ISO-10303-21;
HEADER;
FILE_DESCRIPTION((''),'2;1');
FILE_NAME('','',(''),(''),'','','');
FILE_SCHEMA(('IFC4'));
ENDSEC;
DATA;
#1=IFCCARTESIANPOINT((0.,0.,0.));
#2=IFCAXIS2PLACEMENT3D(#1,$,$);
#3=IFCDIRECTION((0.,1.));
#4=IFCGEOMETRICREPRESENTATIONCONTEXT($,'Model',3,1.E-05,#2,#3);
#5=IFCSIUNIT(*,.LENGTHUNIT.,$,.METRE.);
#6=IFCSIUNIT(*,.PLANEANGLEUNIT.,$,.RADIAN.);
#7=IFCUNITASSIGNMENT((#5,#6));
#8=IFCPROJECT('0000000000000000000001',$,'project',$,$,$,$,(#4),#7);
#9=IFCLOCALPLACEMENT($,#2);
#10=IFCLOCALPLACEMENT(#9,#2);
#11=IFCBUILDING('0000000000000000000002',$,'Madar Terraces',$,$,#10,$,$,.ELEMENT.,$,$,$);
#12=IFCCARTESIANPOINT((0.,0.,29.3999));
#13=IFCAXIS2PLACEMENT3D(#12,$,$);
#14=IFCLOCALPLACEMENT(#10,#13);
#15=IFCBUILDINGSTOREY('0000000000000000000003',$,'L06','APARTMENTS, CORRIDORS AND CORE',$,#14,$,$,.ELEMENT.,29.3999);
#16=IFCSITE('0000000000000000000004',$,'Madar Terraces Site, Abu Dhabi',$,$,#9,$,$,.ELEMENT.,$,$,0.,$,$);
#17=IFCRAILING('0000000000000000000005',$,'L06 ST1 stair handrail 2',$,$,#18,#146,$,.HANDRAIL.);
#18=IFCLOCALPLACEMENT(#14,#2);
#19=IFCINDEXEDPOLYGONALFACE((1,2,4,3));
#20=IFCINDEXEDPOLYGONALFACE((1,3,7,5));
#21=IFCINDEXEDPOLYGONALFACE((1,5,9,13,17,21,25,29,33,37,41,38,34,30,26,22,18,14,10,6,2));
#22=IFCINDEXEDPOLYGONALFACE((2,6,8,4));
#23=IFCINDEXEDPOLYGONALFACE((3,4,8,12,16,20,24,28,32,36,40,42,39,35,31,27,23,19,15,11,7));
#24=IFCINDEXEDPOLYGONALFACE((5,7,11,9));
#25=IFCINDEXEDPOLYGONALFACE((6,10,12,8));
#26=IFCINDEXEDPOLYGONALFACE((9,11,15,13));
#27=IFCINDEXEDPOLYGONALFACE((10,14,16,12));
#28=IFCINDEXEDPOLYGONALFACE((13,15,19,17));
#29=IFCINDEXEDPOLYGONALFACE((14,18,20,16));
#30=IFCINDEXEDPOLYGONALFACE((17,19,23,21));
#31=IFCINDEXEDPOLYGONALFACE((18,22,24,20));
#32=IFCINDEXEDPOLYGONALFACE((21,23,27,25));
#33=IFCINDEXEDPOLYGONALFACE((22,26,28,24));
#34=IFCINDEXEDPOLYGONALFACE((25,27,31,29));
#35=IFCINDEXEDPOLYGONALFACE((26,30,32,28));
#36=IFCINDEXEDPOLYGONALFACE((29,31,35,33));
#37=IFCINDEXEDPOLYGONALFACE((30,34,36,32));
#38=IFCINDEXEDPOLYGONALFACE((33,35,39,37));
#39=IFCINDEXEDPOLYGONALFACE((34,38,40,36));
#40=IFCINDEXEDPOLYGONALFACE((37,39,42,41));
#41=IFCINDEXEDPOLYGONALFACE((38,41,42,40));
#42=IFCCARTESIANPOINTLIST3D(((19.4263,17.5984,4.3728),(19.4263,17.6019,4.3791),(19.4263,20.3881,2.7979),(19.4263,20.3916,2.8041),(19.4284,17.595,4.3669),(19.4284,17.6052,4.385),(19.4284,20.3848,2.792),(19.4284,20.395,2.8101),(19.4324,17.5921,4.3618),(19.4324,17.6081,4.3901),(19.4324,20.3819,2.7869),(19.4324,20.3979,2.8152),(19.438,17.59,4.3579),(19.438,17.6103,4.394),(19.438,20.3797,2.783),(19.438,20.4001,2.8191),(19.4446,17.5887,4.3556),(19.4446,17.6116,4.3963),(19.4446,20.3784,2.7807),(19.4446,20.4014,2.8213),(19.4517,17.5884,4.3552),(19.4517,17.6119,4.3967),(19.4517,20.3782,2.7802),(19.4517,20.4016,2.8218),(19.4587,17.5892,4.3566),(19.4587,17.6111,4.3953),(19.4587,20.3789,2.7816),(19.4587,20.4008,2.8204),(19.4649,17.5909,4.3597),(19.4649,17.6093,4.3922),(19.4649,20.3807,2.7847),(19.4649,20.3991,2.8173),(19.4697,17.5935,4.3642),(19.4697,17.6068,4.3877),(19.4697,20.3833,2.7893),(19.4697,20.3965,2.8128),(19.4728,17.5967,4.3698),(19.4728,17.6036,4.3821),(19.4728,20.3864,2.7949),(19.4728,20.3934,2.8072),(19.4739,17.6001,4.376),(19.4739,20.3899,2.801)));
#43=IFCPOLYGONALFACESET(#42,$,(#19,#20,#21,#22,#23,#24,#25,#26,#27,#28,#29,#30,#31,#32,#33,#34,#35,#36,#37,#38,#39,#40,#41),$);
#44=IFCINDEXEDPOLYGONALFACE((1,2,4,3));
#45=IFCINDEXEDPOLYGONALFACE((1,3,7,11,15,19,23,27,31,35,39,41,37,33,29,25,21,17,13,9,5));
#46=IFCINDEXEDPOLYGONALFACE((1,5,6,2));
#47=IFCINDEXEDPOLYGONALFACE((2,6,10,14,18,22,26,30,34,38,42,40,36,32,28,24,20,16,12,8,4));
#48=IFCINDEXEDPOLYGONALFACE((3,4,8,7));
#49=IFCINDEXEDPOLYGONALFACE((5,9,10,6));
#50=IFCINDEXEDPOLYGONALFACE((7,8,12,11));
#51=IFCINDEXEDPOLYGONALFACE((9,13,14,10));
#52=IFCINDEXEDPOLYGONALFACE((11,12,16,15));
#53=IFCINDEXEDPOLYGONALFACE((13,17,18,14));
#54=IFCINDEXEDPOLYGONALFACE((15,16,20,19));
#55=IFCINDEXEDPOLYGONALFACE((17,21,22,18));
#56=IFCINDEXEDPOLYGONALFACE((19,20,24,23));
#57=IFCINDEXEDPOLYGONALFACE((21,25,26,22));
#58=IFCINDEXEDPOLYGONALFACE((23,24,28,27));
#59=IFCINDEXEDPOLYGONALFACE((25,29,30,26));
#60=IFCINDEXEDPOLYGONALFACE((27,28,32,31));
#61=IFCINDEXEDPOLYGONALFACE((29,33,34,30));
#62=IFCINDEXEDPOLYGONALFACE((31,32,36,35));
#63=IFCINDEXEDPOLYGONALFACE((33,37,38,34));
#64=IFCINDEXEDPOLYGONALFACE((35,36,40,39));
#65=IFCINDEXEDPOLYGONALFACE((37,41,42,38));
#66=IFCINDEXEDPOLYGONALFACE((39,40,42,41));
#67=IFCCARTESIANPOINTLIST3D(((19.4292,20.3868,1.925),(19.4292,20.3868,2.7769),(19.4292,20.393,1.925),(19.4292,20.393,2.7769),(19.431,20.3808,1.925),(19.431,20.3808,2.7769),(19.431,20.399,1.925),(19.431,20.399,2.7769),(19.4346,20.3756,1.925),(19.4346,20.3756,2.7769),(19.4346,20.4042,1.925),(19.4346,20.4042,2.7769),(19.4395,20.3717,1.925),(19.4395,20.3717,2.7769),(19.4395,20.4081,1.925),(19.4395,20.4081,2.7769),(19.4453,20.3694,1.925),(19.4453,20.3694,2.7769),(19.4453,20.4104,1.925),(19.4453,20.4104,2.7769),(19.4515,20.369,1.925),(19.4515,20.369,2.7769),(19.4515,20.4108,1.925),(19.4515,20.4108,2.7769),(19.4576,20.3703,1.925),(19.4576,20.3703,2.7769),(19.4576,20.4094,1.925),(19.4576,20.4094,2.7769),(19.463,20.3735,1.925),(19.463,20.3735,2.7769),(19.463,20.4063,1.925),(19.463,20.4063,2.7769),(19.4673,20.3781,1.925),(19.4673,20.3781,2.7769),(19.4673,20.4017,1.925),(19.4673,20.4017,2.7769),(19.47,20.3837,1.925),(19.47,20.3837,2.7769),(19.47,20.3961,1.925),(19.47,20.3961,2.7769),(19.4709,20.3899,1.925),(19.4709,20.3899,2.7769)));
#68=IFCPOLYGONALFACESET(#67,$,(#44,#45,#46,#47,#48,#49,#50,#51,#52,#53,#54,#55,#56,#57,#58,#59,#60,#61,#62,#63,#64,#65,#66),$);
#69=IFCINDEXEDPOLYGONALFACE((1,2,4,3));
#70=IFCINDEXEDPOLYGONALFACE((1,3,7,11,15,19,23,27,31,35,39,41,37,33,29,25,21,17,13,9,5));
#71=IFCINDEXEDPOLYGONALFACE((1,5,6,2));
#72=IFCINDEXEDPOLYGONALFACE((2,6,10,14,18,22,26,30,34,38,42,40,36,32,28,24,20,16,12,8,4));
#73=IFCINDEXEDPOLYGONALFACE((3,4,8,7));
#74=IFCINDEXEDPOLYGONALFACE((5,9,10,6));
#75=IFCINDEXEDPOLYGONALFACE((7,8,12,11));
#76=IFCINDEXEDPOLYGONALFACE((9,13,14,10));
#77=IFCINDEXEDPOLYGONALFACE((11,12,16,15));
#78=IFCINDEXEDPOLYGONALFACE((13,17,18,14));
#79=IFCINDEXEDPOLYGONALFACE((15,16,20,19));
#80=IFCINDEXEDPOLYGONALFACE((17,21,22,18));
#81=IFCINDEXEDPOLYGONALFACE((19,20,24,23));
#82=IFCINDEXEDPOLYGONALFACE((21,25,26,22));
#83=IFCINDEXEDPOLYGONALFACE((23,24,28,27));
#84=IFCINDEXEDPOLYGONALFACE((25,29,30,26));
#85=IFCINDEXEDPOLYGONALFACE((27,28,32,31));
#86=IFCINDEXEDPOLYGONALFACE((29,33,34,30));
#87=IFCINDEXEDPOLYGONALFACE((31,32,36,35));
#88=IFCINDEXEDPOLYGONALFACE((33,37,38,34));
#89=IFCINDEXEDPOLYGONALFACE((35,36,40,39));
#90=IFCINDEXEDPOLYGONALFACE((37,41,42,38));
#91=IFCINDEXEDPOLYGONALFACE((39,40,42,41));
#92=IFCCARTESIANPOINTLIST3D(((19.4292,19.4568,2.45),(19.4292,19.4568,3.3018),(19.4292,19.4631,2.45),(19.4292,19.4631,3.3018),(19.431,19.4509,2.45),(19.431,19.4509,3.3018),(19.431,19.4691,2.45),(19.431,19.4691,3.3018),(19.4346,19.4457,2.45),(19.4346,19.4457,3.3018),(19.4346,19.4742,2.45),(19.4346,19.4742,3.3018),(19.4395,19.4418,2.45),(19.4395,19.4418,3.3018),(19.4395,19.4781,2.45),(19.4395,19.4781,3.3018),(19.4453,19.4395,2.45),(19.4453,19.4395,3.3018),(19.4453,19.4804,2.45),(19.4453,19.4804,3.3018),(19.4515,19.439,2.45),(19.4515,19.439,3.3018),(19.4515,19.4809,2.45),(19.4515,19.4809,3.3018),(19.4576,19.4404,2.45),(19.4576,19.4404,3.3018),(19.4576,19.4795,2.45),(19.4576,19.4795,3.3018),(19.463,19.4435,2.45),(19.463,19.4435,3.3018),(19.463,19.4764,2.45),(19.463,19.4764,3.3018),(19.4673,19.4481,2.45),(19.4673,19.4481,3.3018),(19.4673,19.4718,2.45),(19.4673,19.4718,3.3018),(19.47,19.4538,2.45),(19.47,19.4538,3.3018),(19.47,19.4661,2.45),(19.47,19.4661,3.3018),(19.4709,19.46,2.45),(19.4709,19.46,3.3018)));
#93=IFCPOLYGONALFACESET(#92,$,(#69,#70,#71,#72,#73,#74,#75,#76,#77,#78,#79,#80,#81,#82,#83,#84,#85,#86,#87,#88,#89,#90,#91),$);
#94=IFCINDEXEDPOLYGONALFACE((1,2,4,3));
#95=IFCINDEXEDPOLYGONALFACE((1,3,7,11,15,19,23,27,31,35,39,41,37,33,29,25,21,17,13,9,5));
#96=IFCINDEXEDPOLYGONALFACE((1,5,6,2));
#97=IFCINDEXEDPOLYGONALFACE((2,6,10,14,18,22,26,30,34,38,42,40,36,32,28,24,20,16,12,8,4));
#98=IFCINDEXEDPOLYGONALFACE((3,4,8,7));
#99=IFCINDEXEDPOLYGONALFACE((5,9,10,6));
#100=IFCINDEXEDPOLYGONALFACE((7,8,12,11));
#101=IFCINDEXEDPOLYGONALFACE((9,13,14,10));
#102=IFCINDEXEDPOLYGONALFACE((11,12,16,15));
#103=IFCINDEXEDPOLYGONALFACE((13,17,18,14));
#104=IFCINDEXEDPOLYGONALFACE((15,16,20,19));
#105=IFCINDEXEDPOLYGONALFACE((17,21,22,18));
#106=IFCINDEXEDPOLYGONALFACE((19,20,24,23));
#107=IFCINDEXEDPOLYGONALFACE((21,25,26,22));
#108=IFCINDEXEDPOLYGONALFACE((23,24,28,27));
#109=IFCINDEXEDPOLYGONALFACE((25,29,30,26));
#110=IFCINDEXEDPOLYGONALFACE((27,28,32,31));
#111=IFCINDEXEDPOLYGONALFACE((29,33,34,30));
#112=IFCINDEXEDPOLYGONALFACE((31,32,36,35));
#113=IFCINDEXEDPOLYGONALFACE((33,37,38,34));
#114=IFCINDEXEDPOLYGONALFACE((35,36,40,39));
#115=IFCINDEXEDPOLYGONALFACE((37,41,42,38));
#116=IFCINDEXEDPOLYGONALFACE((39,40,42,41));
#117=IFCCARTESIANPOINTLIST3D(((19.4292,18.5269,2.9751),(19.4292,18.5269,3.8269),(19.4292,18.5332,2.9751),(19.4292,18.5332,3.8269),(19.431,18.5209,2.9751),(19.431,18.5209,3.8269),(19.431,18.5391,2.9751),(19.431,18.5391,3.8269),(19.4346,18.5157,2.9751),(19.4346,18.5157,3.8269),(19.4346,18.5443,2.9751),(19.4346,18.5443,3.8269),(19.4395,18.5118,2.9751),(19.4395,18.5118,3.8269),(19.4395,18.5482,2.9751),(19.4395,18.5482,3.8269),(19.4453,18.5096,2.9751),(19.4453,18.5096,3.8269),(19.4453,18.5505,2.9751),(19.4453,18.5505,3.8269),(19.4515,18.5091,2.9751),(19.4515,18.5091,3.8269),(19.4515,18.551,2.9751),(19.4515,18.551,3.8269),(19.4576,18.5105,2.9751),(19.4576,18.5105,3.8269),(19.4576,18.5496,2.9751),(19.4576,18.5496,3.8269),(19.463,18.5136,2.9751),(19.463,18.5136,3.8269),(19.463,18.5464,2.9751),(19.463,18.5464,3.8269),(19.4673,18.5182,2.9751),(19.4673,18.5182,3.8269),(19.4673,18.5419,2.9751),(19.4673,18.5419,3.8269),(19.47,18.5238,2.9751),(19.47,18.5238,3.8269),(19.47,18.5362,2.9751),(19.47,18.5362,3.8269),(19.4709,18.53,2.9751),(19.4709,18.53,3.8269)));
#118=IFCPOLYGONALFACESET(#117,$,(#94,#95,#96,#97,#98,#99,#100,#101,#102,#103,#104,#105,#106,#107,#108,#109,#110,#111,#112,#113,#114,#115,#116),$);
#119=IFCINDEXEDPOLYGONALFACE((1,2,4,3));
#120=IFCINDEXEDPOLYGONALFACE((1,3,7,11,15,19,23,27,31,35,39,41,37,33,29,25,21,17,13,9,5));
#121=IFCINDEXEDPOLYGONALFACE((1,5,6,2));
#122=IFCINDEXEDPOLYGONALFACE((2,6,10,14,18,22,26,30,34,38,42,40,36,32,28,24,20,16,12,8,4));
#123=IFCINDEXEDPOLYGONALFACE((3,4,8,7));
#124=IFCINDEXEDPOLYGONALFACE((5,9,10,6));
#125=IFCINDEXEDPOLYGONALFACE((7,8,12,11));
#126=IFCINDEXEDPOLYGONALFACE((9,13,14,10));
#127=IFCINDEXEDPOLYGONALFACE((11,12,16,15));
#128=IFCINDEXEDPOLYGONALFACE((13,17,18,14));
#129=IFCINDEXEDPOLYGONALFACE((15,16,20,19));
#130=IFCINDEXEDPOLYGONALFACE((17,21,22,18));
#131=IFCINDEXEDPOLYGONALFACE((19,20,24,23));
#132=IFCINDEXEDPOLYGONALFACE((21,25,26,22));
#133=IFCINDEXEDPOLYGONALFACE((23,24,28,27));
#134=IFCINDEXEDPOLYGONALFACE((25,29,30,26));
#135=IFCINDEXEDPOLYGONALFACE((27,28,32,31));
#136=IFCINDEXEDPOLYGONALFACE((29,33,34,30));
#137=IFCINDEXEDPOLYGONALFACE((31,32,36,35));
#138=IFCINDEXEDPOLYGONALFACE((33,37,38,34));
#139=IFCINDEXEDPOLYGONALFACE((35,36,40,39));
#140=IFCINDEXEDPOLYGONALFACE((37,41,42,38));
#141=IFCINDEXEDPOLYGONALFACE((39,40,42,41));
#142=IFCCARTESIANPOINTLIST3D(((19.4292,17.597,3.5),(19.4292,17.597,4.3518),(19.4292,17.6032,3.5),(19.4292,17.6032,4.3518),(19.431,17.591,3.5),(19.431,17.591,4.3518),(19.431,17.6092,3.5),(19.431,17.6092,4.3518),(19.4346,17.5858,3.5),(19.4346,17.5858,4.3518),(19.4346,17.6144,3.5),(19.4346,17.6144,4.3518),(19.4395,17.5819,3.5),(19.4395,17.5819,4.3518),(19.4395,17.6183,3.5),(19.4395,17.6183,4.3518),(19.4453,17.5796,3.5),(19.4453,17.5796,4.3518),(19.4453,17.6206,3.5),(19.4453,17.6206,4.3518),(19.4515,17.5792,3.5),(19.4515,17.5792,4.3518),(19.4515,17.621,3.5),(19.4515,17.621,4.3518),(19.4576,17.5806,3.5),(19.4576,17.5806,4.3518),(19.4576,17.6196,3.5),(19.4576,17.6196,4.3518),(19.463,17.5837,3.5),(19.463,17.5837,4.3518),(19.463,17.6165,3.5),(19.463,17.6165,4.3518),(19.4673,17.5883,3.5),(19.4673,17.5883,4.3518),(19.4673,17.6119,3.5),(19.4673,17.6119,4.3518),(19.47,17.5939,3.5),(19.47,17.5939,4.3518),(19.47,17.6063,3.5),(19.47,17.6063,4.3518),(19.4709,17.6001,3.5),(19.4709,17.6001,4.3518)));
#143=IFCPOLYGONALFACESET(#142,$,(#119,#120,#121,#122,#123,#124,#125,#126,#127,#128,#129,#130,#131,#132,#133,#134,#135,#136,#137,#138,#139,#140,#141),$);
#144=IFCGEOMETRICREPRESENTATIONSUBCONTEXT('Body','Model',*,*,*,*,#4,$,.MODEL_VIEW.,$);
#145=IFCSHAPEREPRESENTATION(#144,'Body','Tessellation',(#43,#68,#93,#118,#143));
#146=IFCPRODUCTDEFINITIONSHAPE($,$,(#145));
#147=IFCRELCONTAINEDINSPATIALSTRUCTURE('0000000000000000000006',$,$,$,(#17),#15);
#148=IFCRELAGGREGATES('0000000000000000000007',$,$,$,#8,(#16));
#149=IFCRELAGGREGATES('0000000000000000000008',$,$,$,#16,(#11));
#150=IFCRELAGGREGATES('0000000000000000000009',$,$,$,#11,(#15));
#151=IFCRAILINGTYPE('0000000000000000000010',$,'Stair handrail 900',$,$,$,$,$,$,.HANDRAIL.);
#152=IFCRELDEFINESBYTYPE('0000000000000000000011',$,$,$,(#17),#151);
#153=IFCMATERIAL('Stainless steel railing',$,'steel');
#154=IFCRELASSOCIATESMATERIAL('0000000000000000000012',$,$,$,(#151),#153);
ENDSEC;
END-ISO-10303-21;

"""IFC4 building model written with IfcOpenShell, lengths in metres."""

from ifc_helpers import new_model, si_unit, direction, frame, origin, origin_2d, place, context, subcontext, project, spatial, circle, extrude, material, type_object, element, save


model = new_model("IFC4")

# Units and contexts
model_context = context("Model", 3, precision=1e-05, world=origin(), true_north=direction((0.0, 1.0)))
body_context = subcontext(model_context, "Body", "Model", "MODEL_VIEW")
ifc_project = project(units=[si_unit("LENGTHUNIT", "METRE"), si_unit("PLANEANGLEUNIT", "RADIAN")], contexts=[model_context])

# Site, building, storey
site_placement = place(None, origin())
site = spatial("IfcSite", under=ifc_project, at=site_placement, Name="Madar Terraces Site, Abu Dhabi", CompositionType="ELEMENT", RefElevation=0.0)
building_placement = place(site_placement, origin())
building = spatial("IfcBuilding", under=site, at=building_placement, Name="Madar Terraces", CompositionType="ELEMENT")
storey_placement = place(building_placement, frame((0.0, 0.0, 29.3999)))
storey = spatial("IfcBuildingStorey", under=building, at=storey_placement, Name="L06", Description="APARTMENTS, CORRIDORS AND CORE", CompositionType="ELEMENT", Elevation=29.3999)

# Railing
ifc_material_1 = material(Name="Stainless steel railing", Category="steel")
railing_type_1 = type_object("IfcRailingType", Name="Stair handrail 900", PredefinedType="HANDRAIL", material=ifc_material_1)
railing_1_placement = place(storey_placement, frame((19.45, 20.3899, 1.925)))
element("IfcRailing", 1, at=railing_1_placement, inside=storey, type_object=railing_type_1, Name="L06 ST1 stair handrail 2", PredefinedType="HANDRAIL", context=body_context, shape_type="SweptSolid", body=[
    extrude(circle(Radius=0.0239, at=origin_2d()), frame((0.0, 0.0, 0.876), z_axis=(0.0, -0.870815, 0.49161), x_axis=(1.0, 0.0, 0.0)), (0.0, 0.0, 1.0), 3.2036),
    extrude(circle(Radius=0.021, at=origin_2d()), origin(), (0.0, 0.0, 1.0), 0.8518),
    extrude(circle(Radius=0.021, at=origin_2d()), frame((0.0, -0.9299, 0.5249)), (0.0, 0.0, 1.0), 0.8518),
    extrude(circle(Radius=0.021, at=origin_2d()), frame((0.0, -1.8599, 1.05)), (0.0, 0.0, 1.0), 0.8518),
    extrude(circle(Radius=0.021, at=origin_2d()), frame((0.0, -2.7898, 1.575)), (0.0, 0.0, 1.0), 0.8518),
])

save(model, "model.ifc")
